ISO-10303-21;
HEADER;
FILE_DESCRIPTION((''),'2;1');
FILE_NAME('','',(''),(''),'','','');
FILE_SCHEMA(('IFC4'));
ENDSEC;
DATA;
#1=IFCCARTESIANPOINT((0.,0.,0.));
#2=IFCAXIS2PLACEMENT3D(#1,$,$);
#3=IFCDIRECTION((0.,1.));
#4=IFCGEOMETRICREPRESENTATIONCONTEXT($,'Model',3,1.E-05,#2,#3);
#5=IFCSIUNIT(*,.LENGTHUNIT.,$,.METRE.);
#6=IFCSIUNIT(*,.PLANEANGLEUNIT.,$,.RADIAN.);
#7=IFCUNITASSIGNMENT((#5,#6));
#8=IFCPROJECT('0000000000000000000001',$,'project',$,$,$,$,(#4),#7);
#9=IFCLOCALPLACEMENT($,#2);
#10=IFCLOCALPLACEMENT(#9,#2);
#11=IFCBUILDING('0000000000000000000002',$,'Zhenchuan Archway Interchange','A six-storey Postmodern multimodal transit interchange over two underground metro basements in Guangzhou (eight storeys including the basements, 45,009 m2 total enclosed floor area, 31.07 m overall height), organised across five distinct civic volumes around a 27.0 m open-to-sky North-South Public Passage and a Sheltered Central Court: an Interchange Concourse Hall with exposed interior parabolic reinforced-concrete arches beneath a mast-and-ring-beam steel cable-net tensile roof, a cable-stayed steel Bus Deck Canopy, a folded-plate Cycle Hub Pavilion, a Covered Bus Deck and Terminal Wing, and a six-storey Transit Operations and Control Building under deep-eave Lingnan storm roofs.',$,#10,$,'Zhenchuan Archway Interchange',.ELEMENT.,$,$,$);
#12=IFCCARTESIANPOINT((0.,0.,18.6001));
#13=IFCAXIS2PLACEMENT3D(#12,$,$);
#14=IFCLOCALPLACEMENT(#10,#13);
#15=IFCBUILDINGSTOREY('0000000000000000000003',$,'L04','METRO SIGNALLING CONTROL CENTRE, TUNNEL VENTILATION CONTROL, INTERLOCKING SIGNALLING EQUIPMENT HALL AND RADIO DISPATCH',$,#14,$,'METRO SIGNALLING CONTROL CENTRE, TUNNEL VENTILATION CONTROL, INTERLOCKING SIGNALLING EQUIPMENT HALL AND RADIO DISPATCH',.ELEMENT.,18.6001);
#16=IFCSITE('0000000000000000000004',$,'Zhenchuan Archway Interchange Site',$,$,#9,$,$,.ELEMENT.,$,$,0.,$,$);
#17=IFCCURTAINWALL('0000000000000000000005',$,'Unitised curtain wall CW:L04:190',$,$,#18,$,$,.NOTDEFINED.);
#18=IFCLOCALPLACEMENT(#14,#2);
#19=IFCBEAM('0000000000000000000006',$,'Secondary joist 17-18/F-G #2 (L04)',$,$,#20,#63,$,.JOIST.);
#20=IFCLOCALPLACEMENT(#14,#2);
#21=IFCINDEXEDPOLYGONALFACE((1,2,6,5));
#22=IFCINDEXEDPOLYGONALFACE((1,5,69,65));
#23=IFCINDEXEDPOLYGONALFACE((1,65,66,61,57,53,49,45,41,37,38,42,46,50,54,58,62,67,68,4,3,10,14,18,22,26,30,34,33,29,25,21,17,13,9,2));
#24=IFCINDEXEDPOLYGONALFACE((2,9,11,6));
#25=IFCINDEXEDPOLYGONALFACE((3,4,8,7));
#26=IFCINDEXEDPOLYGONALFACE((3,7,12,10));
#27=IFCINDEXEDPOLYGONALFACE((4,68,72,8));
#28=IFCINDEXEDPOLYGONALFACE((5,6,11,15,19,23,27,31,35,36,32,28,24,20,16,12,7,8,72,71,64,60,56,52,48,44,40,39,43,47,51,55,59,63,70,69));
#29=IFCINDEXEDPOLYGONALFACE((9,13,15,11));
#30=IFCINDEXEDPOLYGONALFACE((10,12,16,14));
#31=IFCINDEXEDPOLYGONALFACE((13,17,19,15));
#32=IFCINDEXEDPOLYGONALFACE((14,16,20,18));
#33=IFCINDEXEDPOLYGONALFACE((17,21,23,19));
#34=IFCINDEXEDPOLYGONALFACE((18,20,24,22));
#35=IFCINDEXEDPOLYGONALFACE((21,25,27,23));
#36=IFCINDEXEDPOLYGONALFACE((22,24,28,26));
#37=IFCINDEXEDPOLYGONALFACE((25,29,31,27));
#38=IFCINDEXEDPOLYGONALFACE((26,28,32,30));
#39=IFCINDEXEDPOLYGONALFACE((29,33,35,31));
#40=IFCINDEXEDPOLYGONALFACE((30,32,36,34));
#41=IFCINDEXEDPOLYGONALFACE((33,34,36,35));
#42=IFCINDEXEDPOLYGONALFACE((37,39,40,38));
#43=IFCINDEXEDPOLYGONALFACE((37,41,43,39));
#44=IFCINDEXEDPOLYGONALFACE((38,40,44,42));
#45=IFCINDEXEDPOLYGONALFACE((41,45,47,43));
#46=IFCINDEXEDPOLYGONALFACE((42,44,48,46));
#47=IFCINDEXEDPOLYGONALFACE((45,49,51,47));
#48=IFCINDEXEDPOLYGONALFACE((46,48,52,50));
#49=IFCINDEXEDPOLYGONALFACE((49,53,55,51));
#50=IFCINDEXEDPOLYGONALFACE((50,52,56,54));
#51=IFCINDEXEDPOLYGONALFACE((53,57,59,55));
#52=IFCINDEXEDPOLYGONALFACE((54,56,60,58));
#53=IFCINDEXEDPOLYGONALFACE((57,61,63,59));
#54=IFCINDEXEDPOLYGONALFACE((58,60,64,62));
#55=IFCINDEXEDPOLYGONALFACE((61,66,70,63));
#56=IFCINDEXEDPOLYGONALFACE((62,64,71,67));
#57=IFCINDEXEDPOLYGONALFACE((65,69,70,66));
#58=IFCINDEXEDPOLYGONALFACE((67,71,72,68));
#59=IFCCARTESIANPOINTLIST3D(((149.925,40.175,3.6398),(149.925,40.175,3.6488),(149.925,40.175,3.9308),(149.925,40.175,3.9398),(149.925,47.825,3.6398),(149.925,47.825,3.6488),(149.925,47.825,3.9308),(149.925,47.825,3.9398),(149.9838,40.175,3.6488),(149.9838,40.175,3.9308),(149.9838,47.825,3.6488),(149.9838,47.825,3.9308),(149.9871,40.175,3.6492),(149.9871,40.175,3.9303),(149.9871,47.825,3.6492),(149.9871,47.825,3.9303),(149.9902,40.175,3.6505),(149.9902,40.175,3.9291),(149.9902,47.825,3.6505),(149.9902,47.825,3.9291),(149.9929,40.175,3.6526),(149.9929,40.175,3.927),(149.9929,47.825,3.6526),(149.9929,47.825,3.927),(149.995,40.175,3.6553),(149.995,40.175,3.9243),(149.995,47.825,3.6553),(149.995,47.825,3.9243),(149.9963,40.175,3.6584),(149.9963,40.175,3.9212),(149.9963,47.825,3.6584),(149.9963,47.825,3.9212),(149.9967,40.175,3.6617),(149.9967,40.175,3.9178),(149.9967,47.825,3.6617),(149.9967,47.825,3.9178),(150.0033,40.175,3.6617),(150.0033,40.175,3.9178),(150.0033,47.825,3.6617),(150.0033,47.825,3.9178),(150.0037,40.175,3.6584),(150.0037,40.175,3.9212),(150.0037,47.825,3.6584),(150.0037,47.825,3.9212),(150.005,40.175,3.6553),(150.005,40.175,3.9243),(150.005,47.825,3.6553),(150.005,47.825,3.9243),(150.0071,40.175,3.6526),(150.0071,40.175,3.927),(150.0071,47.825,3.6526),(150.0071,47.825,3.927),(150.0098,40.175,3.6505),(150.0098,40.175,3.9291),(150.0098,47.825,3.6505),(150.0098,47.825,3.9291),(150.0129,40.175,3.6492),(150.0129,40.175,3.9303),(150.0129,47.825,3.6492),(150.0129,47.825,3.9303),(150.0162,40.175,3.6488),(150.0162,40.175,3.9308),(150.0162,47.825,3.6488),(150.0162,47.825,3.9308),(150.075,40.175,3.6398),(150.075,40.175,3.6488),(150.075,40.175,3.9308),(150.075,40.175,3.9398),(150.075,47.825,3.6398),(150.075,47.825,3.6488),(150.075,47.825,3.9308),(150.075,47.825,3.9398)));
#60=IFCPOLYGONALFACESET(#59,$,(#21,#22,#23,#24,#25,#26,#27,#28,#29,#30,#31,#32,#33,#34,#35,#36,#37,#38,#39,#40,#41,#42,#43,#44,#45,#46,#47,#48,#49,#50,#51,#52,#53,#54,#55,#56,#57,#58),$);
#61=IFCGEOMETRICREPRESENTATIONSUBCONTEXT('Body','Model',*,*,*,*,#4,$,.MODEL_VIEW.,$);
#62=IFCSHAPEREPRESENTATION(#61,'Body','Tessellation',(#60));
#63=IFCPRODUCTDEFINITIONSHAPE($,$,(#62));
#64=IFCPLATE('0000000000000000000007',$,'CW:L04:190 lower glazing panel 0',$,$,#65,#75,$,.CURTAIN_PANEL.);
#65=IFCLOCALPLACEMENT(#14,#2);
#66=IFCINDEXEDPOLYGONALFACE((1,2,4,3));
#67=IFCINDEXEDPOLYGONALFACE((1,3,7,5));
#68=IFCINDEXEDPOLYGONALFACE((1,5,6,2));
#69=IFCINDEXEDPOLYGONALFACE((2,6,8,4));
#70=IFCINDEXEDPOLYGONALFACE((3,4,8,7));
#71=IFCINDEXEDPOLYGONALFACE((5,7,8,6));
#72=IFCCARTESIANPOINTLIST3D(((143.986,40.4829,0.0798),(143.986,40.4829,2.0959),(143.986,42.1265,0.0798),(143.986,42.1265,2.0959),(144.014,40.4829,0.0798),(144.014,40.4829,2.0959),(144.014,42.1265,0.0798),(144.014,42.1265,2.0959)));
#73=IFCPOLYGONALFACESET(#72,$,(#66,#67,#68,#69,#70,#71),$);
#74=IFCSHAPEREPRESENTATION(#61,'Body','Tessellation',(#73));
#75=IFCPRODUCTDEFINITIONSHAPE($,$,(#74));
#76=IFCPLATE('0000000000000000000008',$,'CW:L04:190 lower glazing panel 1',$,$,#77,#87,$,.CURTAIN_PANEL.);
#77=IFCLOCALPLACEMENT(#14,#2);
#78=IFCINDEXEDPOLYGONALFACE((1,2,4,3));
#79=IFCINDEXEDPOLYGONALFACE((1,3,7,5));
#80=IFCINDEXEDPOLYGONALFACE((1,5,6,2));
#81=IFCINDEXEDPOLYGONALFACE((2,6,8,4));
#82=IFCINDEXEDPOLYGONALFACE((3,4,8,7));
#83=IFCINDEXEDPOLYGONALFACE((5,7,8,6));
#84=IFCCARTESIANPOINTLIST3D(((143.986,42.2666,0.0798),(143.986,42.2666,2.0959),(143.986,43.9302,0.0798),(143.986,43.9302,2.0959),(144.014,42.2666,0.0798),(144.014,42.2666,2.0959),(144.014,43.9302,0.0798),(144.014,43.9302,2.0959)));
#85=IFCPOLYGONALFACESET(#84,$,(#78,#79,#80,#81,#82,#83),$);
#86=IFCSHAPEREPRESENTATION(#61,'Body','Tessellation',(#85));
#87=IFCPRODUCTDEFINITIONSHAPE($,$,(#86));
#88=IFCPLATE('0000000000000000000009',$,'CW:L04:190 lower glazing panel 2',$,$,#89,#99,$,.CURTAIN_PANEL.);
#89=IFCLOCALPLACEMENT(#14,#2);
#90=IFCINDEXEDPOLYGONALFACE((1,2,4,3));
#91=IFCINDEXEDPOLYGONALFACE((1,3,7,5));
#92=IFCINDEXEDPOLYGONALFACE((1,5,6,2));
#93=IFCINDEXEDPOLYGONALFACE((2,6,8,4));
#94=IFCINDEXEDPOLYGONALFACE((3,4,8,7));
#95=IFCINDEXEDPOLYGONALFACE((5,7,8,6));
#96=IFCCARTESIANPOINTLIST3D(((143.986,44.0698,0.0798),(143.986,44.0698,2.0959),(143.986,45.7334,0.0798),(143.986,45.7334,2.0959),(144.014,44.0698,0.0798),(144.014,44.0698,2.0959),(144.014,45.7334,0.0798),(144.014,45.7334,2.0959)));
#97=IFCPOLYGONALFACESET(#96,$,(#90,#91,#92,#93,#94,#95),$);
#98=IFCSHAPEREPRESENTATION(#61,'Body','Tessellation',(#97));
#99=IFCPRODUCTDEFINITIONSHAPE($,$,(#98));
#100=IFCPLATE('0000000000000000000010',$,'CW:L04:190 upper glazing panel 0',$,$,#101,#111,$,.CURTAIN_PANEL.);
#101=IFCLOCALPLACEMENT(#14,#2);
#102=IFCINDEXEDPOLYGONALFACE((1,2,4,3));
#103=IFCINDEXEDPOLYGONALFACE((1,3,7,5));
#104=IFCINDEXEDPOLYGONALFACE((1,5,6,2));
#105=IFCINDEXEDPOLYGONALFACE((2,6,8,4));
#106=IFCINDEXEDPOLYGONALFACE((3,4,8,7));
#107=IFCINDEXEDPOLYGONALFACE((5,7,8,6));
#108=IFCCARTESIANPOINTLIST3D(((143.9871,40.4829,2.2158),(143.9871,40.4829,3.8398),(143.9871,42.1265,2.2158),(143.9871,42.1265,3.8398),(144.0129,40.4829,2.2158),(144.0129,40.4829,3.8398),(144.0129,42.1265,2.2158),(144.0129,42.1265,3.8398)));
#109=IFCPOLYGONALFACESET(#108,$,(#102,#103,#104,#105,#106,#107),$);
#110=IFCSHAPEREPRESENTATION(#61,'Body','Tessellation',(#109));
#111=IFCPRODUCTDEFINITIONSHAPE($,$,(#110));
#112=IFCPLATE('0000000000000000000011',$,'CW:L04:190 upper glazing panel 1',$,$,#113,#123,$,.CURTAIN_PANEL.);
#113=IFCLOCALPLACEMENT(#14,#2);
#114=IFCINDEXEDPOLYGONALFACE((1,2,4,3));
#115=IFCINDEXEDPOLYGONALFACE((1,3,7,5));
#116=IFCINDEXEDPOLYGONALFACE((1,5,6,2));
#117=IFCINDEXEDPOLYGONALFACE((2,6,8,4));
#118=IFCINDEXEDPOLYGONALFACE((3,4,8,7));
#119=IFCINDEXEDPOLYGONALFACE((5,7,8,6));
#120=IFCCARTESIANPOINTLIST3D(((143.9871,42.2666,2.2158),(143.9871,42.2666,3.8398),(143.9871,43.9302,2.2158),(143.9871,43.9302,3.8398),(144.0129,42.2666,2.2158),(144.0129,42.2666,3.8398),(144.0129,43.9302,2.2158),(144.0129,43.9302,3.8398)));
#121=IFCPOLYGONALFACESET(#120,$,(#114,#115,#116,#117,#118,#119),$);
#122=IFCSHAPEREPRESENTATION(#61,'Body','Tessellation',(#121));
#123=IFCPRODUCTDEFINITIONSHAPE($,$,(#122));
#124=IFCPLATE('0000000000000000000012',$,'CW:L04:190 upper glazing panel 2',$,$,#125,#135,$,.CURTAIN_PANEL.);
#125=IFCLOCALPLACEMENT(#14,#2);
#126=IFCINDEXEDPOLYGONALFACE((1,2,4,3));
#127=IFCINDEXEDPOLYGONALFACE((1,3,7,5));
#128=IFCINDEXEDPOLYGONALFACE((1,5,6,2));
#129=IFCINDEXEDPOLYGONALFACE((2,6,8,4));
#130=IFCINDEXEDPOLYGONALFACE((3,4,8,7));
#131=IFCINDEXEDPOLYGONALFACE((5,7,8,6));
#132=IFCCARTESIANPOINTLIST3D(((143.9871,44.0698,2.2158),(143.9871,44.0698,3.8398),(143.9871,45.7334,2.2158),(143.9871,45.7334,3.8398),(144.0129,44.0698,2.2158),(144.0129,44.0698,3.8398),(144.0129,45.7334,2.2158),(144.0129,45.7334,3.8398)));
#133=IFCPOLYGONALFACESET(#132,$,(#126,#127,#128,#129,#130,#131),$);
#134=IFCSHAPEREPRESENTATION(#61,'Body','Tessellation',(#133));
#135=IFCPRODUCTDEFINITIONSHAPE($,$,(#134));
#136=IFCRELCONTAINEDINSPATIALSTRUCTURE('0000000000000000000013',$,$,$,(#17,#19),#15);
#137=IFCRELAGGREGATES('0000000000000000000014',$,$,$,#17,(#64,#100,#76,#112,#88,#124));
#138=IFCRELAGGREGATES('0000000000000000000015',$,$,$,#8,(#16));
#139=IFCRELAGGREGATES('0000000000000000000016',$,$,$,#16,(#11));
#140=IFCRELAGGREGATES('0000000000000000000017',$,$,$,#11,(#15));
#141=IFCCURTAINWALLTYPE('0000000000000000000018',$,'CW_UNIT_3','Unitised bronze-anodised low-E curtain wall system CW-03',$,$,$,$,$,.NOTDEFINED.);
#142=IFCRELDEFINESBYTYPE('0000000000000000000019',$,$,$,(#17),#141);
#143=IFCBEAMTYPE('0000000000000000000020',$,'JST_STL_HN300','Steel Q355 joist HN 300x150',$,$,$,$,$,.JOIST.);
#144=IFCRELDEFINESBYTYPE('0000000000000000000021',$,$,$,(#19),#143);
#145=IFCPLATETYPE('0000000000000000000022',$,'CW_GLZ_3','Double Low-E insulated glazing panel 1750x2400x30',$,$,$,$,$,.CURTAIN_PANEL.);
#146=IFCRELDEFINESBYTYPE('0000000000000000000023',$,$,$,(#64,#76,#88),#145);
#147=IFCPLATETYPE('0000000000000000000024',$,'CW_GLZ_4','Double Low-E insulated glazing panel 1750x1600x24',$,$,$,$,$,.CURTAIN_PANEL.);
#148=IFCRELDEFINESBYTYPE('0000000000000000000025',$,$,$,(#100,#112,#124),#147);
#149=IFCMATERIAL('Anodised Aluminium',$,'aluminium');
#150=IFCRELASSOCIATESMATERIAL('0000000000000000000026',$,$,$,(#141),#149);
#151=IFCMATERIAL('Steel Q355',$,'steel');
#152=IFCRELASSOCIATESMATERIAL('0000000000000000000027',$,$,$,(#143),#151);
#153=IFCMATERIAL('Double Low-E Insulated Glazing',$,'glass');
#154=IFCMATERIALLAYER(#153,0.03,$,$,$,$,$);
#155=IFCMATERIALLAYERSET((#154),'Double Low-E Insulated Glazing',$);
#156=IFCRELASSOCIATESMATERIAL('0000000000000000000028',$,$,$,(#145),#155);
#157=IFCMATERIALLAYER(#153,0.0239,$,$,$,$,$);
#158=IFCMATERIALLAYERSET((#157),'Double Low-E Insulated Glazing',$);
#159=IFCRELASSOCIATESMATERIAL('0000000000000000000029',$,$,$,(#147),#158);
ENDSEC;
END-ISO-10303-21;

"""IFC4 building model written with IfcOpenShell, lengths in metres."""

from ifc_helpers import new_model, si_unit, direction, frame, origin, origin_2d, place, context, subcontext, project, spatial, rectangle, i_section, extrude, material, layer, layer_set, material_profile, profile_set, type_object, element, aggregate, save


model = new_model("IFC4")

# Units and contexts
model_context = context("Model", 3, precision=1e-05, world=origin(), true_north=direction((0.0, 1.0)))
body_context = subcontext(model_context, "Body", "Model", "MODEL_VIEW")
ifc_project = project(units=[si_unit("LENGTHUNIT", "METRE"), si_unit("PLANEANGLEUNIT", "RADIAN")], contexts=[model_context])

# Site, building, storey
site_placement = place(None, origin())
site = spatial("IfcSite", under=ifc_project, at=site_placement, Name="Zhenchuan Archway Interchange Site", CompositionType="ELEMENT", RefElevation=0.0)
building_placement = place(site_placement, origin())
building = spatial("IfcBuilding", under=site, at=building_placement, Name="Zhenchuan Archway Interchange", Description="A six-storey Postmodern multimodal transit interchange over two underground metro basements in Guangzhou (eight storeys including the basements, 45,009 m2 total enclosed floor area, 31.07 m overall height), organised across five distinct civic volumes around a 27.0 m open-to-sky North-South Public Passage and a Sheltered Central Court: an Interchange Concourse Hall with exposed interior parabolic reinforced-concrete arches beneath a mast-and-ring-beam steel cable-net tensile roof, a cable-stayed steel Bus Deck Canopy, a folded-plate Cycle Hub Pavilion, a Covered Bus Deck and Terminal Wing, and a six-storey Transit Operations and Control Building under deep-eave Lingnan storm roofs.", LongName="Zhenchuan Archway Interchange", CompositionType="ELEMENT")
storey_placement = place(building_placement, frame((0.0, 0.0, 18.6001)))
storey = spatial("IfcBuildingStorey", under=building, at=storey_placement, Name="L04", Description="METRO SIGNALLING CONTROL CENTRE, TUNNEL VENTILATION CONTROL, INTERLOCKING SIGNALLING EQUIPMENT HALL AND RADIO DISPATCH", LongName="METRO SIGNALLING CONTROL CENTRE, TUNNEL VENTILATION CONTROL, INTERLOCKING SIGNALLING EQUIPMENT HALL AND RADIO DISPATCH", CompositionType="ELEMENT", Elevation=18.6001)

# Curtain wall
ifc_material_1 = material(Name="Anodised Aluminium", Category="aluminium")
curtain_wall_type = type_object("IfcCurtainWallType", Name="CW_UNIT_3", Description="Unitised bronze-anodised low-E curtain wall system CW-03", PredefinedType="NOTDEFINED", material=ifc_material_1)
curtain_wall_placement = place(storey_placement, origin())
curtain_wall = element("IfcCurtainWall", 1, at=curtain_wall_placement, inside=storey, type_object=curtain_wall_type, Name="Unitised curtain wall CW:L04:190", PredefinedType="NOTDEFINED")

# Beam
ifc_material_2 = material(Name="Steel Q355", Category="steel")
ifc_material_profile_1 = material_profile(ifc_material_2, i_section(OverallWidth=0.1499, OverallDepth=0.3, WebThickness=0.0066, FlangeThickness=0.009, FilletRadius=0.0129, at=origin_2d()), Name="HN 300x150")
ifc_profile_set_1 = profile_set([ifc_material_profile_1], Name="Steel Q355")
beam_type = type_object("IfcBeamType", Name="JST_STL_HN300", Description="Steel Q355 joist HN 300x150", PredefinedType="JOIST", material=ifc_profile_set_1)
for number, where, z_axis, x_axis, name in (
    (2, (150.0, 40.175, 3.7898), (0.0, 1.0, 0.0), (-1.0, 0.0, 0.0), "Secondary joist 17-18/F-G #2 (L04)"),
):
    element("IfcBeam", number, at=place(storey_placement, frame(where, z_axis=z_axis, x_axis=x_axis)), inside=storey, type_object=beam_type, Name=name, PredefinedType="JOIST", context=body_context, shape_type="SweptSolid", body=[
        extrude(i_section(OverallWidth=0.1499, OverallDepth=0.3, WebThickness=0.0066, FlangeThickness=0.009, FilletRadius=0.0129, at=origin_2d()), origin(), (0.0, 0.0, 1.0), 7.6499),
    ])

# Plates
ifc_material_3 = material(Name="Double Low-E Insulated Glazing", Category="glass")
ifc_layer_1 = layer(ifc_material_3, 0.03)
ifc_layer_set_1 = layer_set([ifc_layer_1], Name="Double Low-E Insulated Glazing")
plate_type_1 = type_object("IfcPlateType", Name="CW_GLZ_3", Description="Double Low-E insulated glazing panel 1750x2400x30", PredefinedType="CURTAIN_PANEL", material=ifc_layer_set_1)
plate_1_placement = place(storey_placement, frame((144.0, 41.3047, 0.0798), z_axis=(0.0, 0.0, 1.0), x_axis=(0.0, 1.0, 0.0)))
plate_1 = element("IfcPlate", 3, at=plate_1_placement, type_object=plate_type_1, Name="CW:L04:190 lower glazing panel 0", PredefinedType="CURTAIN_PANEL", context=body_context, shape_type="SweptSolid", body=[
    extrude(rectangle(XDim=1.6436, YDim=0.0281, at=origin_2d()), origin(), (0.0, 0.0, 1.0), 2.0161),
])
plate_2_placement = place(storey_placement, frame((144.0, 43.0984, 0.0798), z_axis=(0.0, 0.0, 1.0), x_axis=(0.0, 1.0, 0.0)))
plate_2 = element("IfcPlate", 4, at=plate_2_placement, type_object=plate_type_1, Name="CW:L04:190 lower glazing panel 1", PredefinedType="CURTAIN_PANEL", context=body_context, shape_type="SweptSolid", body=[
    extrude(rectangle(XDim=1.6636, YDim=0.0281, at=origin_2d()), origin(), (0.0, 0.0, 1.0), 2.0161),
])
plate_3_placement = place(storey_placement, frame((144.0, 44.9016, 0.0798), z_axis=(0.0, 0.0, 1.0), x_axis=(0.0, 1.0, 0.0)))
plate_3 = element("IfcPlate", 5, at=plate_3_placement, type_object=plate_type_1, Name="CW:L04:190 lower glazing panel 2", PredefinedType="CURTAIN_PANEL", context=body_context, shape_type="SweptSolid", body=[
    extrude(rectangle(XDim=1.6636, YDim=0.0281, at=origin_2d()), origin(), (0.0, 0.0, 1.0), 2.0161),
])
ifc_layer_2 = layer(ifc_material_3, 0.0239)
ifc_layer_set_2 = layer_set([ifc_layer_2], Name="Double Low-E Insulated Glazing")
plate_type_2 = type_object("IfcPlateType", Name="CW_GLZ_4", Description="Double Low-E insulated glazing panel 1750x1600x24", PredefinedType="CURTAIN_PANEL", material=ifc_layer_set_2)
plate_4_placement = place(storey_placement, frame((144.0, 41.3047, 2.2158), z_axis=(0.0, 0.0, 1.0), x_axis=(0.0, 1.0, 0.0)))
plate_4 = element("IfcPlate", 6, at=plate_4_placement, type_object=plate_type_2, Name="CW:L04:190 upper glazing panel 0", PredefinedType="CURTAIN_PANEL", context=body_context, shape_type="SweptSolid", body=[
    extrude(rectangle(XDim=1.6436, YDim=0.0259, at=origin_2d()), origin(), (0.0, 0.0, 1.0), 1.624),
])
plate_5_placement = place(storey_placement, frame((144.0, 43.0984, 2.2158), z_axis=(0.0, 0.0, 1.0), x_axis=(0.0, 1.0, 0.0)))
plate_5 = element("IfcPlate", 7, at=plate_5_placement, type_object=plate_type_2, Name="CW:L04:190 upper glazing panel 1", PredefinedType="CURTAIN_PANEL", context=body_context, shape_type="SweptSolid", body=[
    extrude(rectangle(XDim=1.6636, YDim=0.0259, at=origin_2d()), origin(), (0.0, 0.0, 1.0), 1.624),
])
plate_6_placement = place(storey_placement, frame((144.0, 44.9016, 2.2158), z_axis=(0.0, 0.0, 1.0), x_axis=(0.0, 1.0, 0.0)))
plate_6 = element("IfcPlate", 8, at=plate_6_placement, type_object=plate_type_2, Name="CW:L04:190 upper glazing panel 2", PredefinedType="CURTAIN_PANEL", context=body_context, shape_type="SweptSolid", body=[
    extrude(rectangle(XDim=1.6636, YDim=0.0259, at=origin_2d()), origin(), (0.0, 0.0, 1.0), 1.624),
])
aggregate(curtain_wall, [plate_1, plate_4, plate_2, plate_5, plate_3, plate_6])

save(model, "model.ifc")
